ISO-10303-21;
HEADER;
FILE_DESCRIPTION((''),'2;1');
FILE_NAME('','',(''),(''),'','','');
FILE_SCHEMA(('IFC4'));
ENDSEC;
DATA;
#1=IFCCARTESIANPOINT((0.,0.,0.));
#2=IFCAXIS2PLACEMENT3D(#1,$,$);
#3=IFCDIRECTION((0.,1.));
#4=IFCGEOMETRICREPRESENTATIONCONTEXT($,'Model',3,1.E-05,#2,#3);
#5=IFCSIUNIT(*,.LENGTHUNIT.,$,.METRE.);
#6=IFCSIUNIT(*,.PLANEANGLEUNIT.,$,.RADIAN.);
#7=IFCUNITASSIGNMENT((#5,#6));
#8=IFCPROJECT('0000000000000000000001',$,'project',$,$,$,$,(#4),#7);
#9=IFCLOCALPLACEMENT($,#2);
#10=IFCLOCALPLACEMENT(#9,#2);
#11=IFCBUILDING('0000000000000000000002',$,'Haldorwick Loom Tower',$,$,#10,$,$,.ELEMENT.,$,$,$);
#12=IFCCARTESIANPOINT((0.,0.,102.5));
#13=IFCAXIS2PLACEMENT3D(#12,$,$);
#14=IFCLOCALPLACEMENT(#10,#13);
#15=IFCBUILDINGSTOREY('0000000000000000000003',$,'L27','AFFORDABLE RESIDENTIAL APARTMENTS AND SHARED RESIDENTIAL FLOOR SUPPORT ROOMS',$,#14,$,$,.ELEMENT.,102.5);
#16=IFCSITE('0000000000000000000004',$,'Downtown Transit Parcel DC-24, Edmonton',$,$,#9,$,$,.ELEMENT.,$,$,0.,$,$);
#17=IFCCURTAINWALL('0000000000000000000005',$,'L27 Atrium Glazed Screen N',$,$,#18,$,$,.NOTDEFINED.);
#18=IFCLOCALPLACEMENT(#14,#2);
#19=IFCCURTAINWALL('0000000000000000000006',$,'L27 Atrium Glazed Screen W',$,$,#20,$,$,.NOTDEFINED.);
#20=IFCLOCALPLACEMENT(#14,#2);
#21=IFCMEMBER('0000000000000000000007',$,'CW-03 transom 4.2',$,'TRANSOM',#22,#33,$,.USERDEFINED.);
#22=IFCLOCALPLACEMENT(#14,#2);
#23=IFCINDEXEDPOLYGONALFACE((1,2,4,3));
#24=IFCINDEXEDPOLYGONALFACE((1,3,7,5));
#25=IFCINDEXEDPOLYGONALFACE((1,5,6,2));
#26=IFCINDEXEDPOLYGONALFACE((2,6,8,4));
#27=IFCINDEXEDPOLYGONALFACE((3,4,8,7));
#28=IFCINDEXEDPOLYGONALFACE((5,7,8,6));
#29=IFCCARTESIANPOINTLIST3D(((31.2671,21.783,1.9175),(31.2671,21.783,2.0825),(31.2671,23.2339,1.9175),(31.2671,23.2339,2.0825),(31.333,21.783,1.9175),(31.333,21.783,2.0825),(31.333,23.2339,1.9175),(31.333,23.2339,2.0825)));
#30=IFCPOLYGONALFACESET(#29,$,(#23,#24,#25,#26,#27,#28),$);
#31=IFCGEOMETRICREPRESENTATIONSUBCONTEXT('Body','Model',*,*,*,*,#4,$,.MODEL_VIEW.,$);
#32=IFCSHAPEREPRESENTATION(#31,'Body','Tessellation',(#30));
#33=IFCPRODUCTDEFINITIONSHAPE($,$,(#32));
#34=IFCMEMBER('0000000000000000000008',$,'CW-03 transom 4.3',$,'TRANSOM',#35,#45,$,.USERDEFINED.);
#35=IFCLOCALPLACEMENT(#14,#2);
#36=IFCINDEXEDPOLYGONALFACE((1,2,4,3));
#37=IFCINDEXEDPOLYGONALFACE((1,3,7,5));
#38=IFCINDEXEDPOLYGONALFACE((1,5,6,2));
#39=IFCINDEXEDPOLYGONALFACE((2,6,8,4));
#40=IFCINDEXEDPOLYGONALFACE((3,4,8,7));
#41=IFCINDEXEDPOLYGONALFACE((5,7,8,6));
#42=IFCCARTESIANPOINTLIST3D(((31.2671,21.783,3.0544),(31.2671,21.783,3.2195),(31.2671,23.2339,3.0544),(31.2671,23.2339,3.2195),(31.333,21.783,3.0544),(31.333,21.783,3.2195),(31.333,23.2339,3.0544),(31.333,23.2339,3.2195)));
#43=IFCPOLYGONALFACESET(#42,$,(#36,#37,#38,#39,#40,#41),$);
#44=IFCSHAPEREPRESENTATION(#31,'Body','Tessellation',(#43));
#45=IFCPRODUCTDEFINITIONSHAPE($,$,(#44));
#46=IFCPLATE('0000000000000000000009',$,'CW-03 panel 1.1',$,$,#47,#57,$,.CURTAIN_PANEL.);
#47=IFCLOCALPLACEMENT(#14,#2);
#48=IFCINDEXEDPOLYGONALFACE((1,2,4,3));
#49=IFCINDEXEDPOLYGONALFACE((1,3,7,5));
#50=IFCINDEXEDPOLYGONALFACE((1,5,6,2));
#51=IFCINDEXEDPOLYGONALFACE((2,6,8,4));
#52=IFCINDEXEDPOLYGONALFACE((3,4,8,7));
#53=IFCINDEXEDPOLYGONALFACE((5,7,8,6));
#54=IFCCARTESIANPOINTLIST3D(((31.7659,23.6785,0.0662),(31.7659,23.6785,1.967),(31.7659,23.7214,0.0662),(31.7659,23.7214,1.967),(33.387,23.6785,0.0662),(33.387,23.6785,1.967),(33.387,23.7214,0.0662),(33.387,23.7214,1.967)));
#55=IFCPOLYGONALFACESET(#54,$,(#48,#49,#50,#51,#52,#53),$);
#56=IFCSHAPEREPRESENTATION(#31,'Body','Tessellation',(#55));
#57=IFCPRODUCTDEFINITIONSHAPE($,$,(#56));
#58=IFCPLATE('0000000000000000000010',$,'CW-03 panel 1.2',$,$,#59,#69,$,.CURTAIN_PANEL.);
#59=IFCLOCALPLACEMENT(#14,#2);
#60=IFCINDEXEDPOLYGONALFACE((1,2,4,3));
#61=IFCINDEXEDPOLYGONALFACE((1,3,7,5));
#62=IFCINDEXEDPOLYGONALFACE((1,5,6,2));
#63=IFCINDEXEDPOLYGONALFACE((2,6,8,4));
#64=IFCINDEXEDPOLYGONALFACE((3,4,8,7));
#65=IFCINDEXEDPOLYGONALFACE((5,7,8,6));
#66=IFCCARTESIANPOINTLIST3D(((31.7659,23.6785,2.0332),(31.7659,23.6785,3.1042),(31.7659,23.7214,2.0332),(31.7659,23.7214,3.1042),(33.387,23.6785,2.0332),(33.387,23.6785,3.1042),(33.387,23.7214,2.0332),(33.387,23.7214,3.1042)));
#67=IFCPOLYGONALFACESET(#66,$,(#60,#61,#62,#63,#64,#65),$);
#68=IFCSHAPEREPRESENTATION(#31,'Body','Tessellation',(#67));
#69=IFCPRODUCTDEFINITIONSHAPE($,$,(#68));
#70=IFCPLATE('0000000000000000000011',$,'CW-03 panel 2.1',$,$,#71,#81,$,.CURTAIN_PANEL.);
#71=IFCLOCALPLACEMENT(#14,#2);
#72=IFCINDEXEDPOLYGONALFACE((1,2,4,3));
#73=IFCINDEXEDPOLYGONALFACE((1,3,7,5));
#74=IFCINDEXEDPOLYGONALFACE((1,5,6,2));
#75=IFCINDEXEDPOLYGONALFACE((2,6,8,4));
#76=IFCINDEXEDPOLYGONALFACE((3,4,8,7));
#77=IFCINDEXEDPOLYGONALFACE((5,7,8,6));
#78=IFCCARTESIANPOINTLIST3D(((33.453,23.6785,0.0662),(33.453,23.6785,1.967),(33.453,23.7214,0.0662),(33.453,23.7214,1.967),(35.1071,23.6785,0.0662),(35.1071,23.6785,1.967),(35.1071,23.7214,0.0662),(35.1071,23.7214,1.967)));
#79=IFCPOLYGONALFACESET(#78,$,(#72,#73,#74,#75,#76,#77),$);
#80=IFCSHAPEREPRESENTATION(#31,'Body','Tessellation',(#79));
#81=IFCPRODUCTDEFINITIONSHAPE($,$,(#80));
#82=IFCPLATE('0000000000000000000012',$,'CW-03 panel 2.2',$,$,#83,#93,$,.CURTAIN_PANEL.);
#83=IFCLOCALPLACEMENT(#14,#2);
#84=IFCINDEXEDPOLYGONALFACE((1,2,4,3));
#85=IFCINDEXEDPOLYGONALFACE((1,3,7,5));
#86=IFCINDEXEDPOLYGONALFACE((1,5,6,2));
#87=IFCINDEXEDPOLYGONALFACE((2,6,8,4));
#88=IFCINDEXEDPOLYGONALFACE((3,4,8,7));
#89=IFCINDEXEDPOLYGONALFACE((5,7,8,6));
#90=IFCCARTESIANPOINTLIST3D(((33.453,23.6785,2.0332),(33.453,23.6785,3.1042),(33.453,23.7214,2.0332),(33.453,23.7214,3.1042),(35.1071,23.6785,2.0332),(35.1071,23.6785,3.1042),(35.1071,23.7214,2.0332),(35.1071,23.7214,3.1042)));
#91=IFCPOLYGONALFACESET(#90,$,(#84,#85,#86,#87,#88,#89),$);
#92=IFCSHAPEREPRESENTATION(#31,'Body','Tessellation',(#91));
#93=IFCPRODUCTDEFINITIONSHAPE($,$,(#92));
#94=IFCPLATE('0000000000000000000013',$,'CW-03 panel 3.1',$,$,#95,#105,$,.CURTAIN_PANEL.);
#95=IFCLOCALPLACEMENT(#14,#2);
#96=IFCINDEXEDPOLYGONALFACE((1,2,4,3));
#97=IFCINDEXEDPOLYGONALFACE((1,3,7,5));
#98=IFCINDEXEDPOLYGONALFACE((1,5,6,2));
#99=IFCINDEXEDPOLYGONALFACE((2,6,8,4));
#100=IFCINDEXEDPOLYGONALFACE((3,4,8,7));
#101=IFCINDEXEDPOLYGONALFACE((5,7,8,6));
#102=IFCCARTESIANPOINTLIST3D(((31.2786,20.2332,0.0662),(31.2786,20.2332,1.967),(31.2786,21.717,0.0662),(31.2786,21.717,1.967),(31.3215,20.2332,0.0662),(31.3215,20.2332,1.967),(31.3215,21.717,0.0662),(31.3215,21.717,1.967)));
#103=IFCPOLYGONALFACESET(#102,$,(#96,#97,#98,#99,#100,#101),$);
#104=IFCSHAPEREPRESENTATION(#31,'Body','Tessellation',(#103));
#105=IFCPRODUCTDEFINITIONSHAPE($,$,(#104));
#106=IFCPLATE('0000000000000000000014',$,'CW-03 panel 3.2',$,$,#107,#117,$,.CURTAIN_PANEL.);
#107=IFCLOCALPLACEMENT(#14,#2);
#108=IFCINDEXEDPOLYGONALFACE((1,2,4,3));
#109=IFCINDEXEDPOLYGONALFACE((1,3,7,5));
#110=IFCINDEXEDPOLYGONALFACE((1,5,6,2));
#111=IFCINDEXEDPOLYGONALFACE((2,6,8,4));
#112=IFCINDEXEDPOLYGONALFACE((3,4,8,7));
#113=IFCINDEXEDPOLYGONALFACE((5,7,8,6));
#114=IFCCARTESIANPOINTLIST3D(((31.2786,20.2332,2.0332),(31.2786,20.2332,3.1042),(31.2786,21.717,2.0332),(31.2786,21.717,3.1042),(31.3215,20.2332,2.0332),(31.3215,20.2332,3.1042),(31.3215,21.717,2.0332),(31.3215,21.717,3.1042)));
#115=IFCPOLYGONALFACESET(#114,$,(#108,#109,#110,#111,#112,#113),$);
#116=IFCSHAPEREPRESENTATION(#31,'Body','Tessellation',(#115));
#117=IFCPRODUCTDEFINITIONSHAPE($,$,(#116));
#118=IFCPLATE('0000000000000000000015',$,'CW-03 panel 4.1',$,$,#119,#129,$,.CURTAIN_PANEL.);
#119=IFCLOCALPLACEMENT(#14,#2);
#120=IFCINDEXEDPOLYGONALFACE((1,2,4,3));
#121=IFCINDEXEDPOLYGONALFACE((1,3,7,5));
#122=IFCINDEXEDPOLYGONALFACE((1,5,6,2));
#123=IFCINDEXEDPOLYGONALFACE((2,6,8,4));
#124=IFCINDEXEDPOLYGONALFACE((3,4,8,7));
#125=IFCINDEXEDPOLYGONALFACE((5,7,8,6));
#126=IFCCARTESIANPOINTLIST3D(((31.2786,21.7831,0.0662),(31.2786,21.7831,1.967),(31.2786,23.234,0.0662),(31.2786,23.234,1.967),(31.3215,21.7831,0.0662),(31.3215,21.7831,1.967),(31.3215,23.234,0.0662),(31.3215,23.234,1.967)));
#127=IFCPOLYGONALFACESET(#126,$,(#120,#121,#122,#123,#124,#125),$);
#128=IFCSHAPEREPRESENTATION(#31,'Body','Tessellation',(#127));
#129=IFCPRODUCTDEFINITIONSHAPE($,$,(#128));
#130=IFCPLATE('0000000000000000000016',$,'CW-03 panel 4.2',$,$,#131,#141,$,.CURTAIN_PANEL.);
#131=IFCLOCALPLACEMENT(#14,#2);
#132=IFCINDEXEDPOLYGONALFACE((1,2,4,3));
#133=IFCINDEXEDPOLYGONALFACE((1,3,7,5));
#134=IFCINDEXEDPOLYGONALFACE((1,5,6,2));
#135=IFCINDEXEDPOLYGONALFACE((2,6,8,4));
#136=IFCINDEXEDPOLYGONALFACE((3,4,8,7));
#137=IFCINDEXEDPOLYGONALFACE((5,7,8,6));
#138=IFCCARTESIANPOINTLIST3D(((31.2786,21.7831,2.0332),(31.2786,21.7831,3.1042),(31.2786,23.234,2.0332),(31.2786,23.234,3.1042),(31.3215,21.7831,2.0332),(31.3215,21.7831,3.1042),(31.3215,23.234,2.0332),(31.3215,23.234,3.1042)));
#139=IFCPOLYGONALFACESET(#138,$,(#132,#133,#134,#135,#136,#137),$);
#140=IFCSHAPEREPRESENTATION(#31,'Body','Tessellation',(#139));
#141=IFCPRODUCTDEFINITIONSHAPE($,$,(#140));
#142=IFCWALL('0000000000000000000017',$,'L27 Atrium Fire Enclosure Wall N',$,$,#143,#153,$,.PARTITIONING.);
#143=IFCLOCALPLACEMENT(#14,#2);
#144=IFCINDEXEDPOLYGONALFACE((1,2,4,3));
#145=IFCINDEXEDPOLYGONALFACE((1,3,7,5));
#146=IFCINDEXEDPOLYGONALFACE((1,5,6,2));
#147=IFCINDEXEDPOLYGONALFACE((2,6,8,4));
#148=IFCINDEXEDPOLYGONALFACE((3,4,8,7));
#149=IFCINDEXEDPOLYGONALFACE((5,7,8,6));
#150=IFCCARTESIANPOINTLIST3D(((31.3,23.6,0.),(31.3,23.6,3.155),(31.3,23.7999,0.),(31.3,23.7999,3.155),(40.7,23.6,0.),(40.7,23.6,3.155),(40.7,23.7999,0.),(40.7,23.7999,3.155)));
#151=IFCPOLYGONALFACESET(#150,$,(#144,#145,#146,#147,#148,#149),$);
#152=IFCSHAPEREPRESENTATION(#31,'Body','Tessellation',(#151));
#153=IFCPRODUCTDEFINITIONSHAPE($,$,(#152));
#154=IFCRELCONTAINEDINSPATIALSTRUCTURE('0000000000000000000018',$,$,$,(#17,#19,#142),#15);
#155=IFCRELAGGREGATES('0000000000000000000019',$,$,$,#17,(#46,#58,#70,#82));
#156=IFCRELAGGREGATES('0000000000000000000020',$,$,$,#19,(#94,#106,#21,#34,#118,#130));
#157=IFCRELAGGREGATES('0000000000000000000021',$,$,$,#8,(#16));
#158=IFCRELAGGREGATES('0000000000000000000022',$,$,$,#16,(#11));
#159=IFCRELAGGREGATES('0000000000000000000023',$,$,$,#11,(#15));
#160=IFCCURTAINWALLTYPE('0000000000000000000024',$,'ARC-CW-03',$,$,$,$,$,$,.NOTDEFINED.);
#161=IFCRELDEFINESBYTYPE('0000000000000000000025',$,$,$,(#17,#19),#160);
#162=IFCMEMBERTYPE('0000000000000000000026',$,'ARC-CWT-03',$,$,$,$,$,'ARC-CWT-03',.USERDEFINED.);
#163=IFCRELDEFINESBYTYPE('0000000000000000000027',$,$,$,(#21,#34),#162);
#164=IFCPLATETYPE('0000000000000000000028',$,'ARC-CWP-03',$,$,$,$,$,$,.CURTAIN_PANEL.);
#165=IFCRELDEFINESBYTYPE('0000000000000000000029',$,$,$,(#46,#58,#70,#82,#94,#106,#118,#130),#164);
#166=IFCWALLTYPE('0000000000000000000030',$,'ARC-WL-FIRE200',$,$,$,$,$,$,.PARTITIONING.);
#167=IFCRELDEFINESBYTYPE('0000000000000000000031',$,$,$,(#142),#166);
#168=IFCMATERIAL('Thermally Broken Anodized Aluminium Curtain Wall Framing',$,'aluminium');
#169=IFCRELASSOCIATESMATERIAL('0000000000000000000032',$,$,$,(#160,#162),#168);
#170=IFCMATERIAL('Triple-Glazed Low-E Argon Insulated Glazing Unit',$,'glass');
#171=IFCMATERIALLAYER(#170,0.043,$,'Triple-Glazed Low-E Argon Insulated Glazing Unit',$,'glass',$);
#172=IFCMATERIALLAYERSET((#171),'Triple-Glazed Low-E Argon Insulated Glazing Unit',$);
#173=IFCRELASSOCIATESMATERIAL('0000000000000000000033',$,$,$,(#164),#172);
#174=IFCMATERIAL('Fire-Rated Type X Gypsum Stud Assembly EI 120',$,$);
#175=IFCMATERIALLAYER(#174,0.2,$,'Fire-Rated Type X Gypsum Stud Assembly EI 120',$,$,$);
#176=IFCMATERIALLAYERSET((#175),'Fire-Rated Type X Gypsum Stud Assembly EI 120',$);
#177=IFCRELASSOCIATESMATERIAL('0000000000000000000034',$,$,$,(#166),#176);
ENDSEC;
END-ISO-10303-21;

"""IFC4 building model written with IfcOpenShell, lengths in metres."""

from ifc_helpers import new_model, si_unit, direction, frame, frame_2d, origin, origin_2d, place, context, subcontext, project, spatial, rectangle, extrude, material, layer, layer_set, material_profile, profile_set, type_object, element, aggregate, save


model = new_model("IFC4")

# Units and contexts
model_context = context("Model", 3, precision=1e-05, world=origin(), true_north=direction((0.0, 1.0)))
body_context = subcontext(model_context, "Body", "Model", "MODEL_VIEW")
ifc_project = project(units=[si_unit("LENGTHUNIT", "METRE"), si_unit("PLANEANGLEUNIT", "RADIAN")], contexts=[model_context])

# Site, building, storey
site_placement = place(None, origin())
site = spatial("IfcSite", under=ifc_project, at=site_placement, Name="Downtown Transit Parcel DC-24, Edmonton", CompositionType="ELEMENT", RefElevation=0.0)
building_placement = place(site_placement, origin())
building = spatial("IfcBuilding", under=site, at=building_placement, Name="Haldorwick Loom Tower", CompositionType="ELEMENT")
storey_placement = place(building_placement, frame((0.0, 0.0, 102.5)))
storey = spatial("IfcBuildingStorey", under=building, at=storey_placement, Name="L27", Description="AFFORDABLE RESIDENTIAL APARTMENTS AND SHARED RESIDENTIAL FLOOR SUPPORT ROOMS", CompositionType="ELEMENT", Elevation=102.5)

# Curtain walls
ifc_material_1 = material(Name="Thermally Broken Anodized Aluminium Curtain Wall Framing", Category="aluminium")
curtain_wall_type = type_object("IfcCurtainWallType", Name="ARC-CW-03", PredefinedType="NOTDEFINED", material=ifc_material_1)
curtain_wall_1_placement = place(storey_placement, origin())
curtain_wall_1 = element("IfcCurtainWall", 1, at=curtain_wall_1_placement, inside=storey, type_object=curtain_wall_type, Name="L27 Atrium Glazed Screen N", PredefinedType="NOTDEFINED")
curtain_wall_2_placement = place(storey_placement, origin())
curtain_wall_2 = element("IfcCurtainWall", 2, at=curtain_wall_2_placement, inside=storey, type_object=curtain_wall_type, Name="L27 Atrium Glazed Screen W", PredefinedType="NOTDEFINED")

# Members
ifc_material_profile_1 = material_profile(ifc_material_1, rectangle(XDim=0.0659, YDim=0.165, at=origin_2d()), Name="ALU_TRN_66X165", Category="aluminium")
ifc_profile_set_1 = profile_set([ifc_material_profile_1], Name="Thermally Broken Anodized Aluminium Curtain Wall Framing")
member_type_1 = type_object("IfcMemberType", Name="ARC-CWT-03", ElementType="ARC-CWT-03", PredefinedType="USERDEFINED", material=ifc_profile_set_1)
member_1_placement = place(storey_placement, frame((31.3, 21.783, 2.0), z_axis=(0.0, 1.0, 0.0), x_axis=(-1.0, 0.0, 0.0)))
member_1 = element("IfcMember", 3, at=member_1_placement, type_object=member_type_1, Name="CW-03 transom 4.2", ObjectType="TRANSOM", PredefinedType="USERDEFINED", context=body_context, shape_type="SweptSolid", body=[
    extrude(rectangle(XDim=0.0659, YDim=0.165, at=origin_2d()), origin(), (0.0, 0.0, 1.0), 1.4509),
])
member_2_placement = place(storey_placement, frame((31.3, 21.783, 3.137), z_axis=(0.0, 1.0, 0.0), x_axis=(-1.0, 0.0, 0.0)))
member_2 = element("IfcMember", 4, at=member_2_placement, type_object=member_type_1, Name="CW-03 transom 4.3", ObjectType="TRANSOM", PredefinedType="USERDEFINED", context=body_context, shape_type="SweptSolid", body=[
    extrude(rectangle(XDim=0.0659, YDim=0.165, at=origin_2d()), origin(), (0.0, 0.0, 1.0), 1.4509),
])

# Plates
ifc_material_2 = material(Name="Triple-Glazed Low-E Argon Insulated Glazing Unit", Category="glass")
ifc_layer_1 = layer(ifc_material_2, 0.043, Name="Triple-Glazed Low-E Argon Insulated Glazing Unit", Category="glass")
ifc_layer_set_1 = layer_set([ifc_layer_1], Name="Triple-Glazed Low-E Argon Insulated Glazing Unit")
plate_type = type_object("IfcPlateType", Name="ARC-CWP-03", PredefinedType="CURTAIN_PANEL", material=ifc_layer_set_1)
plate_1_placement = place(storey_placement, frame((32.5764, 23.7, 0.0662), z_axis=(0.0, 0.0, 1.0), x_axis=(1.0, 0.0, 0.0)))
plate_1 = element("IfcPlate", 5, at=plate_1_placement, type_object=plate_type, Name="CW-03 panel 1.1", PredefinedType="CURTAIN_PANEL", context=body_context, shape_type="SweptSolid", body=[
    extrude(rectangle(XDim=1.6211, YDim=0.043, at=origin_2d()), origin(), (0.0, 0.0, 1.0), 1.9009),
])
plate_2_placement = place(storey_placement, frame((32.5764, 23.7, 2.0332), z_axis=(0.0, 0.0, 1.0), x_axis=(1.0, 0.0, 0.0)))
plate_2 = element("IfcPlate", 6, at=plate_2_placement, type_object=plate_type, Name="CW-03 panel 1.2", PredefinedType="CURTAIN_PANEL", context=body_context, shape_type="SweptSolid", body=[
    extrude(rectangle(XDim=1.6211, YDim=0.043, at=origin_2d()), origin(), (0.0, 0.0, 1.0), 1.071),
])
plate_3_placement = place(storey_placement, frame((34.28, 23.7, 0.0662), z_axis=(0.0, 0.0, 1.0), x_axis=(1.0, 0.0, 0.0)))
plate_3 = element("IfcPlate", 7, at=plate_3_placement, type_object=plate_type, Name="CW-03 panel 2.1", PredefinedType="CURTAIN_PANEL", context=body_context, shape_type="SweptSolid", body=[
    extrude(rectangle(XDim=1.6541, YDim=0.043, at=origin_2d()), origin(), (0.0, 0.0, 1.0), 1.9009),
])
plate_4_placement = place(storey_placement, frame((34.28, 23.7, 2.0332), z_axis=(0.0, 0.0, 1.0), x_axis=(1.0, 0.0, 0.0)))
plate_4 = element("IfcPlate", 8, at=plate_4_placement, type_object=plate_type, Name="CW-03 panel 2.2", PredefinedType="CURTAIN_PANEL", context=body_context, shape_type="SweptSolid", body=[
    extrude(rectangle(XDim=1.6541, YDim=0.043, at=origin_2d()), origin(), (0.0, 0.0, 1.0), 1.071),
])
aggregate(curtain_wall_1, [plate_1, plate_2, plate_3, plate_4])
plate_5_placement = place(storey_placement, frame((31.3, 20.9751, 0.0662), z_axis=(0.0, 0.0, 1.0), x_axis=(0.0, 1.0, 0.0)))
plate_5 = element("IfcPlate", 9, at=plate_5_placement, type_object=plate_type, Name="CW-03 panel 3.1", PredefinedType="CURTAIN_PANEL", context=body_context, shape_type="SweptSolid", body=[
    extrude(rectangle(XDim=1.4839, YDim=0.043, at=origin_2d()), origin(), (0.0, 0.0, 1.0), 1.9009),
])
plate_6_placement = place(storey_placement, frame((31.3, 20.9751, 2.0332), z_axis=(0.0, 0.0, 1.0), x_axis=(0.0, 1.0, 0.0)))
plate_6 = element("IfcPlate", 10, at=plate_6_placement, type_object=plate_type, Name="CW-03 panel 3.2", PredefinedType="CURTAIN_PANEL", context=body_context, shape_type="SweptSolid", body=[
    extrude(rectangle(XDim=1.4839, YDim=0.043, at=origin_2d()), origin(), (0.0, 0.0, 1.0), 1.071),
])
plate_7_placement = place(storey_placement, frame((31.3, 22.5085, 0.0662), z_axis=(0.0, 0.0, 1.0), x_axis=(0.0, 1.0, 0.0)))
plate_7 = element("IfcPlate", 11, at=plate_7_placement, type_object=plate_type, Name="CW-03 panel 4.1", PredefinedType="CURTAIN_PANEL", context=body_context, shape_type="SweptSolid", body=[
    extrude(rectangle(XDim=1.4509, YDim=0.043, at=origin_2d()), origin(), (0.0, 0.0, 1.0), 1.9009),
])
plate_8_placement = place(storey_placement, frame((31.3, 22.5085, 2.0332), z_axis=(0.0, 0.0, 1.0), x_axis=(0.0, 1.0, 0.0)))
plate_8 = element("IfcPlate", 12, at=plate_8_placement, type_object=plate_type, Name="CW-03 panel 4.2", PredefinedType="CURTAIN_PANEL", context=body_context, shape_type="SweptSolid", body=[
    extrude(rectangle(XDim=1.4509, YDim=0.043, at=origin_2d()), origin(), (0.0, 0.0, 1.0), 1.071),
])
aggregate(curtain_wall_2, [plate_5, plate_6, member_1, member_2, plate_7, plate_8])

# Wall
ifc_material_3 = material(Name="Fire-Rated Type X Gypsum Stud Assembly EI 120")
ifc_layer_2 = layer(ifc_material_3, 0.2, Name="Fire-Rated Type X Gypsum Stud Assembly EI 120")
ifc_layer_set_2 = layer_set([ifc_layer_2], Name="Fire-Rated Type X Gypsum Stud Assembly EI 120")
wall_type = type_object("IfcWallType", Name="ARC-WL-FIRE200", PredefinedType="PARTITIONING", material=ifc_layer_set_2)
wall_placement = place(storey_placement, frame((31.3, 23.7, 0.0), z_axis=(0.0, 0.0, 1.0), x_axis=(1.0, 0.0, 0.0)))
element("IfcWall", 13, at=wall_placement, inside=storey, type_object=wall_type, Name="L27 Atrium Fire Enclosure Wall N", PredefinedType="PARTITIONING", context=body_context, shape_type="SweptSolid", body=[
    extrude(rectangle(XDim=9.3999, YDim=0.2, at=frame_2d((4.7, 0.0))), origin(), (0.0, 0.0, 1.0), 3.155),
])

save(model, "model.ifc")
